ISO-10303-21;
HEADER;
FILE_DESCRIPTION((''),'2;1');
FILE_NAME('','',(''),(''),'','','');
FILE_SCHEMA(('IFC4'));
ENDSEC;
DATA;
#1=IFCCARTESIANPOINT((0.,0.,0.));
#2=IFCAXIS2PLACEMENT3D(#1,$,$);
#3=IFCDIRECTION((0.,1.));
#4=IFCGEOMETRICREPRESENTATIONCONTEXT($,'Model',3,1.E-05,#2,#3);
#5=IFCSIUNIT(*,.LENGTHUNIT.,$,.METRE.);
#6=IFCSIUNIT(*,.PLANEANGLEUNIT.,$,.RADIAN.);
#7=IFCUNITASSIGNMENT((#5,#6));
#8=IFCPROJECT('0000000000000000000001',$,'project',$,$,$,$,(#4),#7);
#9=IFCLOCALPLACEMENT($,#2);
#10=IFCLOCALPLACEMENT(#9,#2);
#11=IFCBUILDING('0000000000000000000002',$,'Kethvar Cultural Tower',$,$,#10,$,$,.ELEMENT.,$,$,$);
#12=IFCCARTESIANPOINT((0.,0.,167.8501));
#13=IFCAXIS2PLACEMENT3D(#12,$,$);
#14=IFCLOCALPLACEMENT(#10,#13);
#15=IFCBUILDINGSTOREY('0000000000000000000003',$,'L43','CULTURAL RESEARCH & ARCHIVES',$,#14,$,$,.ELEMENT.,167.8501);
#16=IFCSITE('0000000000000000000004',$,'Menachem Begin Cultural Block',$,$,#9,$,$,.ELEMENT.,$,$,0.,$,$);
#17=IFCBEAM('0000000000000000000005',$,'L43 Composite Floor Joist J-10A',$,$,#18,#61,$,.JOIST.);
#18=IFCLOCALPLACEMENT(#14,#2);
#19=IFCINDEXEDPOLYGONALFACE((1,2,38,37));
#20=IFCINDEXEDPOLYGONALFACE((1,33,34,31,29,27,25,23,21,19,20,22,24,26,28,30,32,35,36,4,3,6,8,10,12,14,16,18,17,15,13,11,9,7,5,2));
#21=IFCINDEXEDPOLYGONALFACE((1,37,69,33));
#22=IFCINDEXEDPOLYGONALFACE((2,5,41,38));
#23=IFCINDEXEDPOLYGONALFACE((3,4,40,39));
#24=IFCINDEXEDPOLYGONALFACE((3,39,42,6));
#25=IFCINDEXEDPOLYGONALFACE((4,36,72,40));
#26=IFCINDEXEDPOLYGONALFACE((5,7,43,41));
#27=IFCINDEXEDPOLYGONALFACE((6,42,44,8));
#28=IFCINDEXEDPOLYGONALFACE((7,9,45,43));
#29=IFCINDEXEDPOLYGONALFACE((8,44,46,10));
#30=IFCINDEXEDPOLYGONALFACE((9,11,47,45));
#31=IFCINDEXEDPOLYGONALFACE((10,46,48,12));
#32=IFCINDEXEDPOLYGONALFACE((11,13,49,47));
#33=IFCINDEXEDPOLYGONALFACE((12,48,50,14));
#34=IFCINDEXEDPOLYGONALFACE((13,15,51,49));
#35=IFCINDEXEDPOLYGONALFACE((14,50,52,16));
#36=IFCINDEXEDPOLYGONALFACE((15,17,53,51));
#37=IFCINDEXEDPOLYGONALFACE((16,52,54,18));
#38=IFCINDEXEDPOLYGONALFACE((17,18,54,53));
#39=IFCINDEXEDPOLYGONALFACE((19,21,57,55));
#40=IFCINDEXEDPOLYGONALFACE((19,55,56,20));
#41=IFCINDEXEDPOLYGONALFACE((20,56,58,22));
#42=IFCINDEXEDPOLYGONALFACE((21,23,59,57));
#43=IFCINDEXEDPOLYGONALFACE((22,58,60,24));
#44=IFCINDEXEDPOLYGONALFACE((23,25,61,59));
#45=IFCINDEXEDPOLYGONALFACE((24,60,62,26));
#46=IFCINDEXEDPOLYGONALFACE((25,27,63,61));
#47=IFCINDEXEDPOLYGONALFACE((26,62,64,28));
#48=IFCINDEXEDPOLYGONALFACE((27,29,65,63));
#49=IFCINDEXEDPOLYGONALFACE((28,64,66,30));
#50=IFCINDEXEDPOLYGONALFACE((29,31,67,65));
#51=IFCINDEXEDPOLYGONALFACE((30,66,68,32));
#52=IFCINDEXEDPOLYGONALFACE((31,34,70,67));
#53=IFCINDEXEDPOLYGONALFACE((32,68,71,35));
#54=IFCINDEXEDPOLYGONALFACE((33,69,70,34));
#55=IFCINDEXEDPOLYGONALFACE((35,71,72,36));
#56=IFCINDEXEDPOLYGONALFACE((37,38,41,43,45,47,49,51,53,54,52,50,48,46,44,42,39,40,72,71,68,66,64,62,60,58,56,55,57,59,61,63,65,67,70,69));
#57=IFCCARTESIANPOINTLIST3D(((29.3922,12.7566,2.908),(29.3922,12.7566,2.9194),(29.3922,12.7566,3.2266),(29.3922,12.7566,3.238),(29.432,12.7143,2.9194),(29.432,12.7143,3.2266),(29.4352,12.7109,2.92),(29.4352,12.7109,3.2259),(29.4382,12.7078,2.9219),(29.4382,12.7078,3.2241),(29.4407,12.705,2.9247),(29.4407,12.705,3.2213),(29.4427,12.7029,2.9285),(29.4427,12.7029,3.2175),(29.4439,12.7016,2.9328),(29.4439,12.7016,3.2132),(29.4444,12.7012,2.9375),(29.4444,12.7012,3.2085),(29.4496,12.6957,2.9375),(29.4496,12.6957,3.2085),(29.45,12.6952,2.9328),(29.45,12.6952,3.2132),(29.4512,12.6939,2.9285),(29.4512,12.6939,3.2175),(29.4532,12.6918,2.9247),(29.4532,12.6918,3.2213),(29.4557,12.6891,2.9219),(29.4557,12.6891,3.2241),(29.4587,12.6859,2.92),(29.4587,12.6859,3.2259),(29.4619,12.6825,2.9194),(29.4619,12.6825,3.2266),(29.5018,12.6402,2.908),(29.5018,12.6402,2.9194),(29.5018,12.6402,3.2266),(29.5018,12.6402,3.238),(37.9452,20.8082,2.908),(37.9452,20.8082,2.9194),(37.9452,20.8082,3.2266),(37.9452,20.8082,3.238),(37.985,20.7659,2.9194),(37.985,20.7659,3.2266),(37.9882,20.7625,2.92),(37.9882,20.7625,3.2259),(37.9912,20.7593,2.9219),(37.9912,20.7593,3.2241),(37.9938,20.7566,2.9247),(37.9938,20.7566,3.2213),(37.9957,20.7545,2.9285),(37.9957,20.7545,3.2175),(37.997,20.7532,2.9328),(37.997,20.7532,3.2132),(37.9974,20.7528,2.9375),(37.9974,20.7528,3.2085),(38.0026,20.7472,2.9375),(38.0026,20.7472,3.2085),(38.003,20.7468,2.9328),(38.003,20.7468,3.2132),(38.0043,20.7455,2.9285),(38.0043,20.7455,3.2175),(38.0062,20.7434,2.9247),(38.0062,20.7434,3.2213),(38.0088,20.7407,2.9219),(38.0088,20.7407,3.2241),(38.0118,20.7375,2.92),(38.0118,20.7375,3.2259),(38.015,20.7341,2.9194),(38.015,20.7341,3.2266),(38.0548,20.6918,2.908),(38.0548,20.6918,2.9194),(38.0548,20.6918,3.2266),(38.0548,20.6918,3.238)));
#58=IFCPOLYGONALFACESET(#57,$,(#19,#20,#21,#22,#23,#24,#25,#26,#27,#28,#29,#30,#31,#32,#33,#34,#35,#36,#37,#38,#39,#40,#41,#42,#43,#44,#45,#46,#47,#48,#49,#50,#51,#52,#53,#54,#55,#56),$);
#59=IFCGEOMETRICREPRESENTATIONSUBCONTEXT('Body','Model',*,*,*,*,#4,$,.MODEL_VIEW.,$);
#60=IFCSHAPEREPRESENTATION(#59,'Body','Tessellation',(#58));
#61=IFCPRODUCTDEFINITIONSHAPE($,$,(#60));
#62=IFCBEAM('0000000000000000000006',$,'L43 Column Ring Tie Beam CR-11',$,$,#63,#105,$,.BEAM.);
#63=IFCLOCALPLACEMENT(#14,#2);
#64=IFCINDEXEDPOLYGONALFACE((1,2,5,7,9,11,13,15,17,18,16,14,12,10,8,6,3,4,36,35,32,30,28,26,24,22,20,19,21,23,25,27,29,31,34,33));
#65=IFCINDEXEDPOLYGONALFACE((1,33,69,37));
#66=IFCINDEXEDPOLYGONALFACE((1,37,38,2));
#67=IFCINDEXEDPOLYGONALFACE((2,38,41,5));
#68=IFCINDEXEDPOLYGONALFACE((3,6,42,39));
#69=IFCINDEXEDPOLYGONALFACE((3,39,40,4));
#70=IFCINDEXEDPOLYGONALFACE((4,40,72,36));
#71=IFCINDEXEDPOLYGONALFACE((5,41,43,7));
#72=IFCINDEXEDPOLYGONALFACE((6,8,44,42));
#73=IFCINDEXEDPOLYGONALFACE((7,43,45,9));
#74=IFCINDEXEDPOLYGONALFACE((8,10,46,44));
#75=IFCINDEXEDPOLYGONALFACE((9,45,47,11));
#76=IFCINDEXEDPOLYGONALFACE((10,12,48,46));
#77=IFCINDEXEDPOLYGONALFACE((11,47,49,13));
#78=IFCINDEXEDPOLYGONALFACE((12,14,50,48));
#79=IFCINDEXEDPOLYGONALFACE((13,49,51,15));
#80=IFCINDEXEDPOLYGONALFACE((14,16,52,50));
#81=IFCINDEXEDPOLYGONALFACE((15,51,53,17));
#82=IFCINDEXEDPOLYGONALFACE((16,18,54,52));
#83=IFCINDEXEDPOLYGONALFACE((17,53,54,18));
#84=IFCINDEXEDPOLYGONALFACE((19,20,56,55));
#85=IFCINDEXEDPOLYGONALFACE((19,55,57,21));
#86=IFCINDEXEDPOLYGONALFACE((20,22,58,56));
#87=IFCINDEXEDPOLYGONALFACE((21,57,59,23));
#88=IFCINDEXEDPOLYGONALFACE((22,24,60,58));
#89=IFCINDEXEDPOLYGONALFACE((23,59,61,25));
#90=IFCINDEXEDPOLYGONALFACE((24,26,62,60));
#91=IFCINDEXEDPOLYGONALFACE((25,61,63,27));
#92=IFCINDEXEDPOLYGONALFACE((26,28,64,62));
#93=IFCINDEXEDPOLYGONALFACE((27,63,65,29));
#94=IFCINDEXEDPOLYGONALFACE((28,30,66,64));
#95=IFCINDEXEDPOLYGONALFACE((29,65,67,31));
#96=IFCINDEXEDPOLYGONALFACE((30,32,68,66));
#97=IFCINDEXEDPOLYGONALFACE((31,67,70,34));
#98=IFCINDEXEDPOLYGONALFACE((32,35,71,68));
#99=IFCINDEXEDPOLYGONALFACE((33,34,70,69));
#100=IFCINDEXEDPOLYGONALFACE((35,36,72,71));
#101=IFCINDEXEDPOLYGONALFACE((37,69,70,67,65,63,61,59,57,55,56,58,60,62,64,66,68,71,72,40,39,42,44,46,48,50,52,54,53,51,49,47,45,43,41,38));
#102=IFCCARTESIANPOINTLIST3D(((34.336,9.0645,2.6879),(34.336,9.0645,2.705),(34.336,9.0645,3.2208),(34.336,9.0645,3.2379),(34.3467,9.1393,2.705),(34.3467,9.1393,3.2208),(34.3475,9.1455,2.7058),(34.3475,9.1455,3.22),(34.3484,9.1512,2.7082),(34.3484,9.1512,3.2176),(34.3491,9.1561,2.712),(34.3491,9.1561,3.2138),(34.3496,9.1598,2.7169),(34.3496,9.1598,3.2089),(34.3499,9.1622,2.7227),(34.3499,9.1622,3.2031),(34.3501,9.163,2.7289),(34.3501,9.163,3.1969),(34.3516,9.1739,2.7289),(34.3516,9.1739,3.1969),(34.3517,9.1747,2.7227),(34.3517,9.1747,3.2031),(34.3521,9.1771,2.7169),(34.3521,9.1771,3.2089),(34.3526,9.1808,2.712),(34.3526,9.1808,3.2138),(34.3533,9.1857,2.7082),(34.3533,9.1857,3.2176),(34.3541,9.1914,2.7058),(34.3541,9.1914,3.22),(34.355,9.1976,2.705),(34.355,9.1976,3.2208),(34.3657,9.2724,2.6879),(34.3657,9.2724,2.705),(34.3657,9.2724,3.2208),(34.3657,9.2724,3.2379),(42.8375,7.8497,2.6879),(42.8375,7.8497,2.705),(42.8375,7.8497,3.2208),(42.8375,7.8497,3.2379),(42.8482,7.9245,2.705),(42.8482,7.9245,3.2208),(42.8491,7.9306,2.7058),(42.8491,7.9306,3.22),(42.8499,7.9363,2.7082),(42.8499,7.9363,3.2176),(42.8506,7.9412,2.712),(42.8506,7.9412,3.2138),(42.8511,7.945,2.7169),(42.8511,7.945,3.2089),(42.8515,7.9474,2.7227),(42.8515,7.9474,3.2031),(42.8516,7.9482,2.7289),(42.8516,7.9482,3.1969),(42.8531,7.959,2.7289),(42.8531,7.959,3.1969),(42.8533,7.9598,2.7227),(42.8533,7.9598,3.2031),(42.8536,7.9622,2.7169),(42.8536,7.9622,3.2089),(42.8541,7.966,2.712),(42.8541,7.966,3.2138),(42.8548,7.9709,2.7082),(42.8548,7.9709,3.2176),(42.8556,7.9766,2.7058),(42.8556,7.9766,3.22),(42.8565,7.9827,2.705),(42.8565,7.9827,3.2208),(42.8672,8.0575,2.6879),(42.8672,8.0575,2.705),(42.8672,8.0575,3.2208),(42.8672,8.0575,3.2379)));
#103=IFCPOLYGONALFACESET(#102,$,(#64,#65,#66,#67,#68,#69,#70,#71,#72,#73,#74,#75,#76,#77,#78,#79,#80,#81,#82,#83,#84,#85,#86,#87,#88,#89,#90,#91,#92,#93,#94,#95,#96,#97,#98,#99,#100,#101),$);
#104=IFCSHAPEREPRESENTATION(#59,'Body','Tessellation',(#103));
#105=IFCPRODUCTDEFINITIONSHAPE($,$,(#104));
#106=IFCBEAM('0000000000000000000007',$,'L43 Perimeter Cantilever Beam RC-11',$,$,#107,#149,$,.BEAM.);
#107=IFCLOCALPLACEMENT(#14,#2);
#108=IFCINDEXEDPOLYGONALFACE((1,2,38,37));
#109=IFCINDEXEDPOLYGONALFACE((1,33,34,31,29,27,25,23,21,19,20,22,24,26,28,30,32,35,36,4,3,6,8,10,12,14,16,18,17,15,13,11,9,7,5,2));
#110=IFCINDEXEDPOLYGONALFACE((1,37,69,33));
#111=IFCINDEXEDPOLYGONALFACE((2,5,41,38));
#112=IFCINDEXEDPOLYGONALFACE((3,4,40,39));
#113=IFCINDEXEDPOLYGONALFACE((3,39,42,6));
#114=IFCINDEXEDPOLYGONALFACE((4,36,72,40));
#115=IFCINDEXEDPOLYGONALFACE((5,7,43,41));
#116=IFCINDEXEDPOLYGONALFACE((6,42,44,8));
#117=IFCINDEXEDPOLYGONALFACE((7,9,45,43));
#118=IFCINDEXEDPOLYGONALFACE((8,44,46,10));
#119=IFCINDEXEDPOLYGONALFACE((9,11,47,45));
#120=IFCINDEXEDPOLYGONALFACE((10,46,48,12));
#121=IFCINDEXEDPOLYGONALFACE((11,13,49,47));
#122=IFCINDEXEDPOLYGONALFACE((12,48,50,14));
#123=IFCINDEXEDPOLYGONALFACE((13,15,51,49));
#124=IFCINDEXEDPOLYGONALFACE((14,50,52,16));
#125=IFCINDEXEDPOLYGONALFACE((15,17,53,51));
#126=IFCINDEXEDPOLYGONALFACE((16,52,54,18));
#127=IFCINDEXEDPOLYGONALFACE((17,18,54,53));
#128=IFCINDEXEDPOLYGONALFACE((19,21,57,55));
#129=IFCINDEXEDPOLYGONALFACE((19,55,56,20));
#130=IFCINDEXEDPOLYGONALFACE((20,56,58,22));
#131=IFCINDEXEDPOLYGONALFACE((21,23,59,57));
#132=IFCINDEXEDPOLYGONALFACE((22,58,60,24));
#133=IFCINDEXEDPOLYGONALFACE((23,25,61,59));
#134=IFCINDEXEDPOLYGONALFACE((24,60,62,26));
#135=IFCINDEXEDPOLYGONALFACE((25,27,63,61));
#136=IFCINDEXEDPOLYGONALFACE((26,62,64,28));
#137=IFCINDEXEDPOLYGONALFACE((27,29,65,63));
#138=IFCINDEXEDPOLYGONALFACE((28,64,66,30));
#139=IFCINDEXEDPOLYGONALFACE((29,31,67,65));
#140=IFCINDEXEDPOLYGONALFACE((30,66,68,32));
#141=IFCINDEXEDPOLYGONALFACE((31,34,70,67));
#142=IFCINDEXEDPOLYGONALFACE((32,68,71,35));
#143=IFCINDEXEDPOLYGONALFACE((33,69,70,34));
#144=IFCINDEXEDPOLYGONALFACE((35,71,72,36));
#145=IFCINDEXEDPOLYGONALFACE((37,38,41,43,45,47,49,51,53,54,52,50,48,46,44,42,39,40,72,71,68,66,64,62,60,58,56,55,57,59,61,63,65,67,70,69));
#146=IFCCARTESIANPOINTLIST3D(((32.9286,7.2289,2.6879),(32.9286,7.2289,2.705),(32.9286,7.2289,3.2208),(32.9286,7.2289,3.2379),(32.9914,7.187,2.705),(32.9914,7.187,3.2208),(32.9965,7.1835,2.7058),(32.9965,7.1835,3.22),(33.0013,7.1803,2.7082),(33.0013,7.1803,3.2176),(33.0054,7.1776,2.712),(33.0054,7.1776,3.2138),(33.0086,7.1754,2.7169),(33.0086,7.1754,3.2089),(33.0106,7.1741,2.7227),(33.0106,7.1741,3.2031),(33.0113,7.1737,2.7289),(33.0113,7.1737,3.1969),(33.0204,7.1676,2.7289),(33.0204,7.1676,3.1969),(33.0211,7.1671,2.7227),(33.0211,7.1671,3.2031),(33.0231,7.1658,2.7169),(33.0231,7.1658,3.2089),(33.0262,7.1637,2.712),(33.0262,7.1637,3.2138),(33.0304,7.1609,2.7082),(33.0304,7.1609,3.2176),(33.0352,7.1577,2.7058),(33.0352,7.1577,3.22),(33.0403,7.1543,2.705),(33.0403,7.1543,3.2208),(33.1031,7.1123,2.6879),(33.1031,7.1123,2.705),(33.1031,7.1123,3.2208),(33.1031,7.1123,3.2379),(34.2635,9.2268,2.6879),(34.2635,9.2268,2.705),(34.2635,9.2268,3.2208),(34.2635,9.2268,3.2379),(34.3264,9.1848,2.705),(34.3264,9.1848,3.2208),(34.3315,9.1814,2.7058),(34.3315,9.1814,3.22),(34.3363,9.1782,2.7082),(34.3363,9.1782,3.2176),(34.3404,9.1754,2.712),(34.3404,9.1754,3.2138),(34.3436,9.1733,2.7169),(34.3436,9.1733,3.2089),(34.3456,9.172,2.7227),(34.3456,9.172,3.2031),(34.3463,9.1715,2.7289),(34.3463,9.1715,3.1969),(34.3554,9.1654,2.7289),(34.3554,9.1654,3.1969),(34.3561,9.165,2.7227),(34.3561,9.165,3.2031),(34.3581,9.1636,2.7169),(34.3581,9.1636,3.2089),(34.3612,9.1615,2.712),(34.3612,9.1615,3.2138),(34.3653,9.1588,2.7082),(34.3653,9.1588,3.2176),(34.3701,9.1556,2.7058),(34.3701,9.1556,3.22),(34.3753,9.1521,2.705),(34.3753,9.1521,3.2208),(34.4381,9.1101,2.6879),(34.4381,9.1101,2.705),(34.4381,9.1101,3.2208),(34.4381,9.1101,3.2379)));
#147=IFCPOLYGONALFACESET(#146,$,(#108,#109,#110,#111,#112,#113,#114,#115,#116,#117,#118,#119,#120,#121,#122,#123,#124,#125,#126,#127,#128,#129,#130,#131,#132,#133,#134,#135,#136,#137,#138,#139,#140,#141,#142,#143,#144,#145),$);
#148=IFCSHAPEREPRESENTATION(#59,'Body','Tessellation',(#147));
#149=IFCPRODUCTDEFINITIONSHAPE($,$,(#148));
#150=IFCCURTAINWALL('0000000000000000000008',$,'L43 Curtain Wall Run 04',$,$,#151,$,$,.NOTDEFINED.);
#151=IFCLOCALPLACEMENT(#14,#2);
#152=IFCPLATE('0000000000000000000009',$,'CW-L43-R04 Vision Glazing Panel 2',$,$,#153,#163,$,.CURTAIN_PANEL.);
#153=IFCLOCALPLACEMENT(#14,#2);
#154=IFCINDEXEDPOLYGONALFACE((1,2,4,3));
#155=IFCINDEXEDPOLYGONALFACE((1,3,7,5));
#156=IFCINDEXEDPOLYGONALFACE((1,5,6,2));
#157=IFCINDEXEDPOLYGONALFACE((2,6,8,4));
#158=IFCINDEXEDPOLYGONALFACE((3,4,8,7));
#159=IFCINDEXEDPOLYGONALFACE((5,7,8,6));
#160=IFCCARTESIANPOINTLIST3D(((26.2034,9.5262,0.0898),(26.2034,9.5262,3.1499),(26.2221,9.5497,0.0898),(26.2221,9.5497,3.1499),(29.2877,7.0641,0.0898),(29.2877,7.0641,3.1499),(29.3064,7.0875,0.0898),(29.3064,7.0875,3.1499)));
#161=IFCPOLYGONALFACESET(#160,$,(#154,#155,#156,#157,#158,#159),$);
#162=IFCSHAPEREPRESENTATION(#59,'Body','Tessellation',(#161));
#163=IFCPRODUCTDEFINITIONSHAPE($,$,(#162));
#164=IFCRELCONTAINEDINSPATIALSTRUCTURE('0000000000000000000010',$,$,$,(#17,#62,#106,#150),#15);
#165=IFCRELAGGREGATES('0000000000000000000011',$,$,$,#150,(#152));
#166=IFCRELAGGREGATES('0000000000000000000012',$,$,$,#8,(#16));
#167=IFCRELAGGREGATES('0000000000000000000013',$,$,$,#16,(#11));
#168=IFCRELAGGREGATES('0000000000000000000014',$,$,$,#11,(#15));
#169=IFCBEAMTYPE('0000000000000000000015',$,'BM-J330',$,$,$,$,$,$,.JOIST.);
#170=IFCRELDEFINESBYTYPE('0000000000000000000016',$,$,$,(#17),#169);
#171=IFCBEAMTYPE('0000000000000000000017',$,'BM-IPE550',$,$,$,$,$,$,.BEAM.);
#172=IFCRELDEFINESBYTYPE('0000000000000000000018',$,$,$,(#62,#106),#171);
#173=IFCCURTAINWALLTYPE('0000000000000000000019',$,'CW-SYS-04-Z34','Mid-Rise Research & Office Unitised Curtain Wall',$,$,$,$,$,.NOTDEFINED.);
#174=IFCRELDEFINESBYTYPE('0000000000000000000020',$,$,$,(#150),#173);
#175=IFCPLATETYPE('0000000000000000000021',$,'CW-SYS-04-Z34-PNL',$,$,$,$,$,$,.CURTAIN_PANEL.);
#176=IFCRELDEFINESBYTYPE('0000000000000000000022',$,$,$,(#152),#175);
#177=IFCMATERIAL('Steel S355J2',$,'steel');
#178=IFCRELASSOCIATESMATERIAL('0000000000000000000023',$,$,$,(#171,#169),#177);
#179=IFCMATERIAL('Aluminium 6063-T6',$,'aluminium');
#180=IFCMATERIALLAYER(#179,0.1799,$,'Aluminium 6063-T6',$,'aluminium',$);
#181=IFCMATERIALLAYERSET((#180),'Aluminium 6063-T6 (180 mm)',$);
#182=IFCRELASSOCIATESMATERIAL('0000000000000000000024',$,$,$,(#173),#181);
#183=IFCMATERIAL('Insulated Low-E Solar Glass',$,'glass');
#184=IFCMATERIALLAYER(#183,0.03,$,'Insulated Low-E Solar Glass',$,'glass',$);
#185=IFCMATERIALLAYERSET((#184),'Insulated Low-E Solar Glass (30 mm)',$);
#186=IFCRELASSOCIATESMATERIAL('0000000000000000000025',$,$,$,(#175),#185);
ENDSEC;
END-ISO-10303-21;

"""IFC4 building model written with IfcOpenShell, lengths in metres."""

from ifc_helpers import new_model, si_unit, direction, frame, origin, origin_2d, place, context, subcontext, project, spatial, rectangle, i_section, extrude, source, transform, mapped, material, layer, layer_set, material_profile, profile_set, type_object, element, aggregate, save


model = new_model("IFC4")

# Units and contexts
model_context = context("Model", 3, precision=1e-05, world=origin(), true_north=direction((0.0, 1.0)))
body_context = subcontext(model_context, "Body", "Model", "MODEL_VIEW")
ifc_project = project(units=[si_unit("LENGTHUNIT", "METRE"), si_unit("PLANEANGLEUNIT", "RADIAN")], contexts=[model_context])

# Site, building, storey
site_placement = place(None, origin())
site = spatial("IfcSite", under=ifc_project, at=site_placement, Name="Menachem Begin Cultural Block", CompositionType="ELEMENT", RefElevation=0.0)
building_placement = place(site_placement, origin())
building = spatial("IfcBuilding", under=site, at=building_placement, Name="Kethvar Cultural Tower", CompositionType="ELEMENT")
storey_placement = place(building_placement, frame((0.0, 0.0, 167.8501)))
storey = spatial("IfcBuildingStorey", under=building, at=storey_placement, Name="L43", Description="CULTURAL RESEARCH & ARCHIVES", CompositionType="ELEMENT", Elevation=167.8501)

# Beams
ifc_material_1 = material(Name="Steel S355J2", Category="steel")
ifc_material_profile_1 = material_profile(ifc_material_1, i_section(OverallWidth=0.21, OverallDepth=0.55, WebThickness=0.011, FlangeThickness=0.0171, FilletRadius=0.0239, at=origin_2d()), Name="Steel S355J2 — IPE550")
ifc_profile_set_1 = profile_set([ifc_material_profile_1], Name="Steel S355J2 — IPE550")
beam_type_1 = type_object("IfcBeamType", Name="BM-IPE550", PredefinedType="BEAM", material=ifc_profile_set_1)
ifc_material_profile_2 = material_profile(ifc_material_1, i_section(OverallWidth=0.1599, OverallDepth=0.3301, WebThickness=0.0076, FlangeThickness=0.0115, FilletRadius=0.0181, at=origin_2d()), Name="Steel S355J2 — IPE330")
ifc_profile_set_2 = profile_set([ifc_material_profile_2], Name="Steel S355J2 — IPE330")
beam_type_2 = type_object("IfcBeamType", Name="BM-J330", PredefinedType="JOIST", material=ifc_profile_set_2)
shared_shape_1 = source(origin(), body_context, "Body", "SweptSolid", [
    extrude(i_section(OverallWidth=0.1599, OverallDepth=0.3301, WebThickness=0.0076, FlangeThickness=0.0115, FilletRadius=0.0181, at=origin_2d()), origin(), (0.0, 0.0, 1.0), 11.7466),
])
beam_1_placement = place(storey_placement, frame((38.0, 20.75, 3.073), z_axis=(-0.72813, -0.685439, 0.0), x_axis=(0.685439, -0.72813, 0.0)))
element("IfcBeam", 1, at=beam_1_placement, inside=storey, type_object=beam_type_2, Name="L43 Composite Floor Joist J-10A", PredefinedType="JOIST", context=body_context, shape_type="MappedRepresentation", body=[
    mapped(shared_shape_1, transform((0.0, 0.0, 0.0), scale=1.0)),
])
shared_shape_2 = source(origin(), body_context, "Body", "SweptSolid", [
    extrude(i_section(OverallWidth=0.21, OverallDepth=0.55, WebThickness=0.011, FlangeThickness=0.0171, FilletRadius=0.0239, at=origin_2d()), origin(), (0.0, 0.0, 1.0), 8.5879),
])
beam_2_placement = place(storey_placement, frame((34.3508, 9.1685, 2.9629), z_axis=(0.989944, -0.141461, 0.0), x_axis=(0.141461, 0.989944, 0.0)))
element("IfcBeam", 2, at=beam_2_placement, inside=storey, type_object=beam_type_1, Name="L43 Column Ring Tie Beam CR-11", PredefinedType="BEAM", context=body_context, shape_type="MappedRepresentation", body=[
    mapped(shared_shape_2, transform((0.0, 0.0, 0.0), scale=1.0)),
])
shared_shape_3 = source(origin(), body_context, "Body", "SweptSolid", [
    extrude(i_section(OverallWidth=0.21, OverallDepth=0.55, WebThickness=0.011, FlangeThickness=0.0171, FilletRadius=0.0239, at=origin_2d()), origin(), (0.0, 0.0, 1.0), 2.4028),
])
beam_3_placement = place(storey_placement, frame((34.3508, 9.1685, 2.9629), z_axis=(-0.555591, -0.831456, 0.0), x_axis=(0.831456, -0.555591, 0.0)))
element("IfcBeam", 3, at=beam_3_placement, inside=storey, type_object=beam_type_1, Name="L43 Perimeter Cantilever Beam RC-11", PredefinedType="BEAM", context=body_context, shape_type="MappedRepresentation", body=[
    mapped(shared_shape_3, transform((0.0, 0.0, 0.0), scale=1.0)),
])

# Curtain wall, plate
ifc_material_2 = material(Name="Aluminium 6063-T6", Category="aluminium")
ifc_layer_1 = layer(ifc_material_2, 0.1799, Name="Aluminium 6063-T6", Category="aluminium")
ifc_layer_set_1 = layer_set([ifc_layer_1], Name="Aluminium 6063-T6 (180 mm)")
curtain_wall_type = type_object("IfcCurtainWallType", Name="CW-SYS-04-Z34", Description="Mid-Rise Research & Office Unitised Curtain Wall", PredefinedType="NOTDEFINED", material=ifc_layer_set_1)
curtain_wall_placement = place(storey_placement, origin())
curtain_wall = element("IfcCurtainWall", 4, at=curtain_wall_placement, inside=storey, type_object=curtain_wall_type, Name="L43 Curtain Wall Run 04", PredefinedType="NOTDEFINED")
ifc_material_3 = material(Name="Insulated Low-E Solar Glass", Category="glass")
ifc_layer_2 = layer(ifc_material_3, 0.03, Name="Insulated Low-E Solar Glass", Category="glass")
ifc_layer_set_2 = layer_set([ifc_layer_2], Name="Insulated Low-E Solar Glass (30 mm)")
plate_type = type_object("IfcPlateType", Name="CW-SYS-04-Z34-PNL", PredefinedType="CURTAIN_PANEL", material=ifc_layer_set_2)
shared_shape_4 = source(origin(), body_context, "Body", "SweptSolid", [
    extrude(rectangle(XDim=3.9465, YDim=0.03, at=origin_2d()), origin(), (0.0, 0.0, 1.0), 3.0601),
])
plate_placement = place(storey_placement, frame((27.7549, 8.3069, 0.0898), z_axis=(0.0, 0.0, 1.0), x_axis=(0.78152, -0.62388, 0.0)))
plate = element("IfcPlate", 5, at=plate_placement, type_object=plate_type, Name="CW-L43-R04 Vision Glazing Panel 2", PredefinedType="CURTAIN_PANEL", context=body_context, shape_type="MappedRepresentation", body=[
    mapped(shared_shape_4, transform((0.0, 0.0, 0.0), scale=1.0)),
])
aggregate(curtain_wall, [plate])

save(model, "model.ifc")
